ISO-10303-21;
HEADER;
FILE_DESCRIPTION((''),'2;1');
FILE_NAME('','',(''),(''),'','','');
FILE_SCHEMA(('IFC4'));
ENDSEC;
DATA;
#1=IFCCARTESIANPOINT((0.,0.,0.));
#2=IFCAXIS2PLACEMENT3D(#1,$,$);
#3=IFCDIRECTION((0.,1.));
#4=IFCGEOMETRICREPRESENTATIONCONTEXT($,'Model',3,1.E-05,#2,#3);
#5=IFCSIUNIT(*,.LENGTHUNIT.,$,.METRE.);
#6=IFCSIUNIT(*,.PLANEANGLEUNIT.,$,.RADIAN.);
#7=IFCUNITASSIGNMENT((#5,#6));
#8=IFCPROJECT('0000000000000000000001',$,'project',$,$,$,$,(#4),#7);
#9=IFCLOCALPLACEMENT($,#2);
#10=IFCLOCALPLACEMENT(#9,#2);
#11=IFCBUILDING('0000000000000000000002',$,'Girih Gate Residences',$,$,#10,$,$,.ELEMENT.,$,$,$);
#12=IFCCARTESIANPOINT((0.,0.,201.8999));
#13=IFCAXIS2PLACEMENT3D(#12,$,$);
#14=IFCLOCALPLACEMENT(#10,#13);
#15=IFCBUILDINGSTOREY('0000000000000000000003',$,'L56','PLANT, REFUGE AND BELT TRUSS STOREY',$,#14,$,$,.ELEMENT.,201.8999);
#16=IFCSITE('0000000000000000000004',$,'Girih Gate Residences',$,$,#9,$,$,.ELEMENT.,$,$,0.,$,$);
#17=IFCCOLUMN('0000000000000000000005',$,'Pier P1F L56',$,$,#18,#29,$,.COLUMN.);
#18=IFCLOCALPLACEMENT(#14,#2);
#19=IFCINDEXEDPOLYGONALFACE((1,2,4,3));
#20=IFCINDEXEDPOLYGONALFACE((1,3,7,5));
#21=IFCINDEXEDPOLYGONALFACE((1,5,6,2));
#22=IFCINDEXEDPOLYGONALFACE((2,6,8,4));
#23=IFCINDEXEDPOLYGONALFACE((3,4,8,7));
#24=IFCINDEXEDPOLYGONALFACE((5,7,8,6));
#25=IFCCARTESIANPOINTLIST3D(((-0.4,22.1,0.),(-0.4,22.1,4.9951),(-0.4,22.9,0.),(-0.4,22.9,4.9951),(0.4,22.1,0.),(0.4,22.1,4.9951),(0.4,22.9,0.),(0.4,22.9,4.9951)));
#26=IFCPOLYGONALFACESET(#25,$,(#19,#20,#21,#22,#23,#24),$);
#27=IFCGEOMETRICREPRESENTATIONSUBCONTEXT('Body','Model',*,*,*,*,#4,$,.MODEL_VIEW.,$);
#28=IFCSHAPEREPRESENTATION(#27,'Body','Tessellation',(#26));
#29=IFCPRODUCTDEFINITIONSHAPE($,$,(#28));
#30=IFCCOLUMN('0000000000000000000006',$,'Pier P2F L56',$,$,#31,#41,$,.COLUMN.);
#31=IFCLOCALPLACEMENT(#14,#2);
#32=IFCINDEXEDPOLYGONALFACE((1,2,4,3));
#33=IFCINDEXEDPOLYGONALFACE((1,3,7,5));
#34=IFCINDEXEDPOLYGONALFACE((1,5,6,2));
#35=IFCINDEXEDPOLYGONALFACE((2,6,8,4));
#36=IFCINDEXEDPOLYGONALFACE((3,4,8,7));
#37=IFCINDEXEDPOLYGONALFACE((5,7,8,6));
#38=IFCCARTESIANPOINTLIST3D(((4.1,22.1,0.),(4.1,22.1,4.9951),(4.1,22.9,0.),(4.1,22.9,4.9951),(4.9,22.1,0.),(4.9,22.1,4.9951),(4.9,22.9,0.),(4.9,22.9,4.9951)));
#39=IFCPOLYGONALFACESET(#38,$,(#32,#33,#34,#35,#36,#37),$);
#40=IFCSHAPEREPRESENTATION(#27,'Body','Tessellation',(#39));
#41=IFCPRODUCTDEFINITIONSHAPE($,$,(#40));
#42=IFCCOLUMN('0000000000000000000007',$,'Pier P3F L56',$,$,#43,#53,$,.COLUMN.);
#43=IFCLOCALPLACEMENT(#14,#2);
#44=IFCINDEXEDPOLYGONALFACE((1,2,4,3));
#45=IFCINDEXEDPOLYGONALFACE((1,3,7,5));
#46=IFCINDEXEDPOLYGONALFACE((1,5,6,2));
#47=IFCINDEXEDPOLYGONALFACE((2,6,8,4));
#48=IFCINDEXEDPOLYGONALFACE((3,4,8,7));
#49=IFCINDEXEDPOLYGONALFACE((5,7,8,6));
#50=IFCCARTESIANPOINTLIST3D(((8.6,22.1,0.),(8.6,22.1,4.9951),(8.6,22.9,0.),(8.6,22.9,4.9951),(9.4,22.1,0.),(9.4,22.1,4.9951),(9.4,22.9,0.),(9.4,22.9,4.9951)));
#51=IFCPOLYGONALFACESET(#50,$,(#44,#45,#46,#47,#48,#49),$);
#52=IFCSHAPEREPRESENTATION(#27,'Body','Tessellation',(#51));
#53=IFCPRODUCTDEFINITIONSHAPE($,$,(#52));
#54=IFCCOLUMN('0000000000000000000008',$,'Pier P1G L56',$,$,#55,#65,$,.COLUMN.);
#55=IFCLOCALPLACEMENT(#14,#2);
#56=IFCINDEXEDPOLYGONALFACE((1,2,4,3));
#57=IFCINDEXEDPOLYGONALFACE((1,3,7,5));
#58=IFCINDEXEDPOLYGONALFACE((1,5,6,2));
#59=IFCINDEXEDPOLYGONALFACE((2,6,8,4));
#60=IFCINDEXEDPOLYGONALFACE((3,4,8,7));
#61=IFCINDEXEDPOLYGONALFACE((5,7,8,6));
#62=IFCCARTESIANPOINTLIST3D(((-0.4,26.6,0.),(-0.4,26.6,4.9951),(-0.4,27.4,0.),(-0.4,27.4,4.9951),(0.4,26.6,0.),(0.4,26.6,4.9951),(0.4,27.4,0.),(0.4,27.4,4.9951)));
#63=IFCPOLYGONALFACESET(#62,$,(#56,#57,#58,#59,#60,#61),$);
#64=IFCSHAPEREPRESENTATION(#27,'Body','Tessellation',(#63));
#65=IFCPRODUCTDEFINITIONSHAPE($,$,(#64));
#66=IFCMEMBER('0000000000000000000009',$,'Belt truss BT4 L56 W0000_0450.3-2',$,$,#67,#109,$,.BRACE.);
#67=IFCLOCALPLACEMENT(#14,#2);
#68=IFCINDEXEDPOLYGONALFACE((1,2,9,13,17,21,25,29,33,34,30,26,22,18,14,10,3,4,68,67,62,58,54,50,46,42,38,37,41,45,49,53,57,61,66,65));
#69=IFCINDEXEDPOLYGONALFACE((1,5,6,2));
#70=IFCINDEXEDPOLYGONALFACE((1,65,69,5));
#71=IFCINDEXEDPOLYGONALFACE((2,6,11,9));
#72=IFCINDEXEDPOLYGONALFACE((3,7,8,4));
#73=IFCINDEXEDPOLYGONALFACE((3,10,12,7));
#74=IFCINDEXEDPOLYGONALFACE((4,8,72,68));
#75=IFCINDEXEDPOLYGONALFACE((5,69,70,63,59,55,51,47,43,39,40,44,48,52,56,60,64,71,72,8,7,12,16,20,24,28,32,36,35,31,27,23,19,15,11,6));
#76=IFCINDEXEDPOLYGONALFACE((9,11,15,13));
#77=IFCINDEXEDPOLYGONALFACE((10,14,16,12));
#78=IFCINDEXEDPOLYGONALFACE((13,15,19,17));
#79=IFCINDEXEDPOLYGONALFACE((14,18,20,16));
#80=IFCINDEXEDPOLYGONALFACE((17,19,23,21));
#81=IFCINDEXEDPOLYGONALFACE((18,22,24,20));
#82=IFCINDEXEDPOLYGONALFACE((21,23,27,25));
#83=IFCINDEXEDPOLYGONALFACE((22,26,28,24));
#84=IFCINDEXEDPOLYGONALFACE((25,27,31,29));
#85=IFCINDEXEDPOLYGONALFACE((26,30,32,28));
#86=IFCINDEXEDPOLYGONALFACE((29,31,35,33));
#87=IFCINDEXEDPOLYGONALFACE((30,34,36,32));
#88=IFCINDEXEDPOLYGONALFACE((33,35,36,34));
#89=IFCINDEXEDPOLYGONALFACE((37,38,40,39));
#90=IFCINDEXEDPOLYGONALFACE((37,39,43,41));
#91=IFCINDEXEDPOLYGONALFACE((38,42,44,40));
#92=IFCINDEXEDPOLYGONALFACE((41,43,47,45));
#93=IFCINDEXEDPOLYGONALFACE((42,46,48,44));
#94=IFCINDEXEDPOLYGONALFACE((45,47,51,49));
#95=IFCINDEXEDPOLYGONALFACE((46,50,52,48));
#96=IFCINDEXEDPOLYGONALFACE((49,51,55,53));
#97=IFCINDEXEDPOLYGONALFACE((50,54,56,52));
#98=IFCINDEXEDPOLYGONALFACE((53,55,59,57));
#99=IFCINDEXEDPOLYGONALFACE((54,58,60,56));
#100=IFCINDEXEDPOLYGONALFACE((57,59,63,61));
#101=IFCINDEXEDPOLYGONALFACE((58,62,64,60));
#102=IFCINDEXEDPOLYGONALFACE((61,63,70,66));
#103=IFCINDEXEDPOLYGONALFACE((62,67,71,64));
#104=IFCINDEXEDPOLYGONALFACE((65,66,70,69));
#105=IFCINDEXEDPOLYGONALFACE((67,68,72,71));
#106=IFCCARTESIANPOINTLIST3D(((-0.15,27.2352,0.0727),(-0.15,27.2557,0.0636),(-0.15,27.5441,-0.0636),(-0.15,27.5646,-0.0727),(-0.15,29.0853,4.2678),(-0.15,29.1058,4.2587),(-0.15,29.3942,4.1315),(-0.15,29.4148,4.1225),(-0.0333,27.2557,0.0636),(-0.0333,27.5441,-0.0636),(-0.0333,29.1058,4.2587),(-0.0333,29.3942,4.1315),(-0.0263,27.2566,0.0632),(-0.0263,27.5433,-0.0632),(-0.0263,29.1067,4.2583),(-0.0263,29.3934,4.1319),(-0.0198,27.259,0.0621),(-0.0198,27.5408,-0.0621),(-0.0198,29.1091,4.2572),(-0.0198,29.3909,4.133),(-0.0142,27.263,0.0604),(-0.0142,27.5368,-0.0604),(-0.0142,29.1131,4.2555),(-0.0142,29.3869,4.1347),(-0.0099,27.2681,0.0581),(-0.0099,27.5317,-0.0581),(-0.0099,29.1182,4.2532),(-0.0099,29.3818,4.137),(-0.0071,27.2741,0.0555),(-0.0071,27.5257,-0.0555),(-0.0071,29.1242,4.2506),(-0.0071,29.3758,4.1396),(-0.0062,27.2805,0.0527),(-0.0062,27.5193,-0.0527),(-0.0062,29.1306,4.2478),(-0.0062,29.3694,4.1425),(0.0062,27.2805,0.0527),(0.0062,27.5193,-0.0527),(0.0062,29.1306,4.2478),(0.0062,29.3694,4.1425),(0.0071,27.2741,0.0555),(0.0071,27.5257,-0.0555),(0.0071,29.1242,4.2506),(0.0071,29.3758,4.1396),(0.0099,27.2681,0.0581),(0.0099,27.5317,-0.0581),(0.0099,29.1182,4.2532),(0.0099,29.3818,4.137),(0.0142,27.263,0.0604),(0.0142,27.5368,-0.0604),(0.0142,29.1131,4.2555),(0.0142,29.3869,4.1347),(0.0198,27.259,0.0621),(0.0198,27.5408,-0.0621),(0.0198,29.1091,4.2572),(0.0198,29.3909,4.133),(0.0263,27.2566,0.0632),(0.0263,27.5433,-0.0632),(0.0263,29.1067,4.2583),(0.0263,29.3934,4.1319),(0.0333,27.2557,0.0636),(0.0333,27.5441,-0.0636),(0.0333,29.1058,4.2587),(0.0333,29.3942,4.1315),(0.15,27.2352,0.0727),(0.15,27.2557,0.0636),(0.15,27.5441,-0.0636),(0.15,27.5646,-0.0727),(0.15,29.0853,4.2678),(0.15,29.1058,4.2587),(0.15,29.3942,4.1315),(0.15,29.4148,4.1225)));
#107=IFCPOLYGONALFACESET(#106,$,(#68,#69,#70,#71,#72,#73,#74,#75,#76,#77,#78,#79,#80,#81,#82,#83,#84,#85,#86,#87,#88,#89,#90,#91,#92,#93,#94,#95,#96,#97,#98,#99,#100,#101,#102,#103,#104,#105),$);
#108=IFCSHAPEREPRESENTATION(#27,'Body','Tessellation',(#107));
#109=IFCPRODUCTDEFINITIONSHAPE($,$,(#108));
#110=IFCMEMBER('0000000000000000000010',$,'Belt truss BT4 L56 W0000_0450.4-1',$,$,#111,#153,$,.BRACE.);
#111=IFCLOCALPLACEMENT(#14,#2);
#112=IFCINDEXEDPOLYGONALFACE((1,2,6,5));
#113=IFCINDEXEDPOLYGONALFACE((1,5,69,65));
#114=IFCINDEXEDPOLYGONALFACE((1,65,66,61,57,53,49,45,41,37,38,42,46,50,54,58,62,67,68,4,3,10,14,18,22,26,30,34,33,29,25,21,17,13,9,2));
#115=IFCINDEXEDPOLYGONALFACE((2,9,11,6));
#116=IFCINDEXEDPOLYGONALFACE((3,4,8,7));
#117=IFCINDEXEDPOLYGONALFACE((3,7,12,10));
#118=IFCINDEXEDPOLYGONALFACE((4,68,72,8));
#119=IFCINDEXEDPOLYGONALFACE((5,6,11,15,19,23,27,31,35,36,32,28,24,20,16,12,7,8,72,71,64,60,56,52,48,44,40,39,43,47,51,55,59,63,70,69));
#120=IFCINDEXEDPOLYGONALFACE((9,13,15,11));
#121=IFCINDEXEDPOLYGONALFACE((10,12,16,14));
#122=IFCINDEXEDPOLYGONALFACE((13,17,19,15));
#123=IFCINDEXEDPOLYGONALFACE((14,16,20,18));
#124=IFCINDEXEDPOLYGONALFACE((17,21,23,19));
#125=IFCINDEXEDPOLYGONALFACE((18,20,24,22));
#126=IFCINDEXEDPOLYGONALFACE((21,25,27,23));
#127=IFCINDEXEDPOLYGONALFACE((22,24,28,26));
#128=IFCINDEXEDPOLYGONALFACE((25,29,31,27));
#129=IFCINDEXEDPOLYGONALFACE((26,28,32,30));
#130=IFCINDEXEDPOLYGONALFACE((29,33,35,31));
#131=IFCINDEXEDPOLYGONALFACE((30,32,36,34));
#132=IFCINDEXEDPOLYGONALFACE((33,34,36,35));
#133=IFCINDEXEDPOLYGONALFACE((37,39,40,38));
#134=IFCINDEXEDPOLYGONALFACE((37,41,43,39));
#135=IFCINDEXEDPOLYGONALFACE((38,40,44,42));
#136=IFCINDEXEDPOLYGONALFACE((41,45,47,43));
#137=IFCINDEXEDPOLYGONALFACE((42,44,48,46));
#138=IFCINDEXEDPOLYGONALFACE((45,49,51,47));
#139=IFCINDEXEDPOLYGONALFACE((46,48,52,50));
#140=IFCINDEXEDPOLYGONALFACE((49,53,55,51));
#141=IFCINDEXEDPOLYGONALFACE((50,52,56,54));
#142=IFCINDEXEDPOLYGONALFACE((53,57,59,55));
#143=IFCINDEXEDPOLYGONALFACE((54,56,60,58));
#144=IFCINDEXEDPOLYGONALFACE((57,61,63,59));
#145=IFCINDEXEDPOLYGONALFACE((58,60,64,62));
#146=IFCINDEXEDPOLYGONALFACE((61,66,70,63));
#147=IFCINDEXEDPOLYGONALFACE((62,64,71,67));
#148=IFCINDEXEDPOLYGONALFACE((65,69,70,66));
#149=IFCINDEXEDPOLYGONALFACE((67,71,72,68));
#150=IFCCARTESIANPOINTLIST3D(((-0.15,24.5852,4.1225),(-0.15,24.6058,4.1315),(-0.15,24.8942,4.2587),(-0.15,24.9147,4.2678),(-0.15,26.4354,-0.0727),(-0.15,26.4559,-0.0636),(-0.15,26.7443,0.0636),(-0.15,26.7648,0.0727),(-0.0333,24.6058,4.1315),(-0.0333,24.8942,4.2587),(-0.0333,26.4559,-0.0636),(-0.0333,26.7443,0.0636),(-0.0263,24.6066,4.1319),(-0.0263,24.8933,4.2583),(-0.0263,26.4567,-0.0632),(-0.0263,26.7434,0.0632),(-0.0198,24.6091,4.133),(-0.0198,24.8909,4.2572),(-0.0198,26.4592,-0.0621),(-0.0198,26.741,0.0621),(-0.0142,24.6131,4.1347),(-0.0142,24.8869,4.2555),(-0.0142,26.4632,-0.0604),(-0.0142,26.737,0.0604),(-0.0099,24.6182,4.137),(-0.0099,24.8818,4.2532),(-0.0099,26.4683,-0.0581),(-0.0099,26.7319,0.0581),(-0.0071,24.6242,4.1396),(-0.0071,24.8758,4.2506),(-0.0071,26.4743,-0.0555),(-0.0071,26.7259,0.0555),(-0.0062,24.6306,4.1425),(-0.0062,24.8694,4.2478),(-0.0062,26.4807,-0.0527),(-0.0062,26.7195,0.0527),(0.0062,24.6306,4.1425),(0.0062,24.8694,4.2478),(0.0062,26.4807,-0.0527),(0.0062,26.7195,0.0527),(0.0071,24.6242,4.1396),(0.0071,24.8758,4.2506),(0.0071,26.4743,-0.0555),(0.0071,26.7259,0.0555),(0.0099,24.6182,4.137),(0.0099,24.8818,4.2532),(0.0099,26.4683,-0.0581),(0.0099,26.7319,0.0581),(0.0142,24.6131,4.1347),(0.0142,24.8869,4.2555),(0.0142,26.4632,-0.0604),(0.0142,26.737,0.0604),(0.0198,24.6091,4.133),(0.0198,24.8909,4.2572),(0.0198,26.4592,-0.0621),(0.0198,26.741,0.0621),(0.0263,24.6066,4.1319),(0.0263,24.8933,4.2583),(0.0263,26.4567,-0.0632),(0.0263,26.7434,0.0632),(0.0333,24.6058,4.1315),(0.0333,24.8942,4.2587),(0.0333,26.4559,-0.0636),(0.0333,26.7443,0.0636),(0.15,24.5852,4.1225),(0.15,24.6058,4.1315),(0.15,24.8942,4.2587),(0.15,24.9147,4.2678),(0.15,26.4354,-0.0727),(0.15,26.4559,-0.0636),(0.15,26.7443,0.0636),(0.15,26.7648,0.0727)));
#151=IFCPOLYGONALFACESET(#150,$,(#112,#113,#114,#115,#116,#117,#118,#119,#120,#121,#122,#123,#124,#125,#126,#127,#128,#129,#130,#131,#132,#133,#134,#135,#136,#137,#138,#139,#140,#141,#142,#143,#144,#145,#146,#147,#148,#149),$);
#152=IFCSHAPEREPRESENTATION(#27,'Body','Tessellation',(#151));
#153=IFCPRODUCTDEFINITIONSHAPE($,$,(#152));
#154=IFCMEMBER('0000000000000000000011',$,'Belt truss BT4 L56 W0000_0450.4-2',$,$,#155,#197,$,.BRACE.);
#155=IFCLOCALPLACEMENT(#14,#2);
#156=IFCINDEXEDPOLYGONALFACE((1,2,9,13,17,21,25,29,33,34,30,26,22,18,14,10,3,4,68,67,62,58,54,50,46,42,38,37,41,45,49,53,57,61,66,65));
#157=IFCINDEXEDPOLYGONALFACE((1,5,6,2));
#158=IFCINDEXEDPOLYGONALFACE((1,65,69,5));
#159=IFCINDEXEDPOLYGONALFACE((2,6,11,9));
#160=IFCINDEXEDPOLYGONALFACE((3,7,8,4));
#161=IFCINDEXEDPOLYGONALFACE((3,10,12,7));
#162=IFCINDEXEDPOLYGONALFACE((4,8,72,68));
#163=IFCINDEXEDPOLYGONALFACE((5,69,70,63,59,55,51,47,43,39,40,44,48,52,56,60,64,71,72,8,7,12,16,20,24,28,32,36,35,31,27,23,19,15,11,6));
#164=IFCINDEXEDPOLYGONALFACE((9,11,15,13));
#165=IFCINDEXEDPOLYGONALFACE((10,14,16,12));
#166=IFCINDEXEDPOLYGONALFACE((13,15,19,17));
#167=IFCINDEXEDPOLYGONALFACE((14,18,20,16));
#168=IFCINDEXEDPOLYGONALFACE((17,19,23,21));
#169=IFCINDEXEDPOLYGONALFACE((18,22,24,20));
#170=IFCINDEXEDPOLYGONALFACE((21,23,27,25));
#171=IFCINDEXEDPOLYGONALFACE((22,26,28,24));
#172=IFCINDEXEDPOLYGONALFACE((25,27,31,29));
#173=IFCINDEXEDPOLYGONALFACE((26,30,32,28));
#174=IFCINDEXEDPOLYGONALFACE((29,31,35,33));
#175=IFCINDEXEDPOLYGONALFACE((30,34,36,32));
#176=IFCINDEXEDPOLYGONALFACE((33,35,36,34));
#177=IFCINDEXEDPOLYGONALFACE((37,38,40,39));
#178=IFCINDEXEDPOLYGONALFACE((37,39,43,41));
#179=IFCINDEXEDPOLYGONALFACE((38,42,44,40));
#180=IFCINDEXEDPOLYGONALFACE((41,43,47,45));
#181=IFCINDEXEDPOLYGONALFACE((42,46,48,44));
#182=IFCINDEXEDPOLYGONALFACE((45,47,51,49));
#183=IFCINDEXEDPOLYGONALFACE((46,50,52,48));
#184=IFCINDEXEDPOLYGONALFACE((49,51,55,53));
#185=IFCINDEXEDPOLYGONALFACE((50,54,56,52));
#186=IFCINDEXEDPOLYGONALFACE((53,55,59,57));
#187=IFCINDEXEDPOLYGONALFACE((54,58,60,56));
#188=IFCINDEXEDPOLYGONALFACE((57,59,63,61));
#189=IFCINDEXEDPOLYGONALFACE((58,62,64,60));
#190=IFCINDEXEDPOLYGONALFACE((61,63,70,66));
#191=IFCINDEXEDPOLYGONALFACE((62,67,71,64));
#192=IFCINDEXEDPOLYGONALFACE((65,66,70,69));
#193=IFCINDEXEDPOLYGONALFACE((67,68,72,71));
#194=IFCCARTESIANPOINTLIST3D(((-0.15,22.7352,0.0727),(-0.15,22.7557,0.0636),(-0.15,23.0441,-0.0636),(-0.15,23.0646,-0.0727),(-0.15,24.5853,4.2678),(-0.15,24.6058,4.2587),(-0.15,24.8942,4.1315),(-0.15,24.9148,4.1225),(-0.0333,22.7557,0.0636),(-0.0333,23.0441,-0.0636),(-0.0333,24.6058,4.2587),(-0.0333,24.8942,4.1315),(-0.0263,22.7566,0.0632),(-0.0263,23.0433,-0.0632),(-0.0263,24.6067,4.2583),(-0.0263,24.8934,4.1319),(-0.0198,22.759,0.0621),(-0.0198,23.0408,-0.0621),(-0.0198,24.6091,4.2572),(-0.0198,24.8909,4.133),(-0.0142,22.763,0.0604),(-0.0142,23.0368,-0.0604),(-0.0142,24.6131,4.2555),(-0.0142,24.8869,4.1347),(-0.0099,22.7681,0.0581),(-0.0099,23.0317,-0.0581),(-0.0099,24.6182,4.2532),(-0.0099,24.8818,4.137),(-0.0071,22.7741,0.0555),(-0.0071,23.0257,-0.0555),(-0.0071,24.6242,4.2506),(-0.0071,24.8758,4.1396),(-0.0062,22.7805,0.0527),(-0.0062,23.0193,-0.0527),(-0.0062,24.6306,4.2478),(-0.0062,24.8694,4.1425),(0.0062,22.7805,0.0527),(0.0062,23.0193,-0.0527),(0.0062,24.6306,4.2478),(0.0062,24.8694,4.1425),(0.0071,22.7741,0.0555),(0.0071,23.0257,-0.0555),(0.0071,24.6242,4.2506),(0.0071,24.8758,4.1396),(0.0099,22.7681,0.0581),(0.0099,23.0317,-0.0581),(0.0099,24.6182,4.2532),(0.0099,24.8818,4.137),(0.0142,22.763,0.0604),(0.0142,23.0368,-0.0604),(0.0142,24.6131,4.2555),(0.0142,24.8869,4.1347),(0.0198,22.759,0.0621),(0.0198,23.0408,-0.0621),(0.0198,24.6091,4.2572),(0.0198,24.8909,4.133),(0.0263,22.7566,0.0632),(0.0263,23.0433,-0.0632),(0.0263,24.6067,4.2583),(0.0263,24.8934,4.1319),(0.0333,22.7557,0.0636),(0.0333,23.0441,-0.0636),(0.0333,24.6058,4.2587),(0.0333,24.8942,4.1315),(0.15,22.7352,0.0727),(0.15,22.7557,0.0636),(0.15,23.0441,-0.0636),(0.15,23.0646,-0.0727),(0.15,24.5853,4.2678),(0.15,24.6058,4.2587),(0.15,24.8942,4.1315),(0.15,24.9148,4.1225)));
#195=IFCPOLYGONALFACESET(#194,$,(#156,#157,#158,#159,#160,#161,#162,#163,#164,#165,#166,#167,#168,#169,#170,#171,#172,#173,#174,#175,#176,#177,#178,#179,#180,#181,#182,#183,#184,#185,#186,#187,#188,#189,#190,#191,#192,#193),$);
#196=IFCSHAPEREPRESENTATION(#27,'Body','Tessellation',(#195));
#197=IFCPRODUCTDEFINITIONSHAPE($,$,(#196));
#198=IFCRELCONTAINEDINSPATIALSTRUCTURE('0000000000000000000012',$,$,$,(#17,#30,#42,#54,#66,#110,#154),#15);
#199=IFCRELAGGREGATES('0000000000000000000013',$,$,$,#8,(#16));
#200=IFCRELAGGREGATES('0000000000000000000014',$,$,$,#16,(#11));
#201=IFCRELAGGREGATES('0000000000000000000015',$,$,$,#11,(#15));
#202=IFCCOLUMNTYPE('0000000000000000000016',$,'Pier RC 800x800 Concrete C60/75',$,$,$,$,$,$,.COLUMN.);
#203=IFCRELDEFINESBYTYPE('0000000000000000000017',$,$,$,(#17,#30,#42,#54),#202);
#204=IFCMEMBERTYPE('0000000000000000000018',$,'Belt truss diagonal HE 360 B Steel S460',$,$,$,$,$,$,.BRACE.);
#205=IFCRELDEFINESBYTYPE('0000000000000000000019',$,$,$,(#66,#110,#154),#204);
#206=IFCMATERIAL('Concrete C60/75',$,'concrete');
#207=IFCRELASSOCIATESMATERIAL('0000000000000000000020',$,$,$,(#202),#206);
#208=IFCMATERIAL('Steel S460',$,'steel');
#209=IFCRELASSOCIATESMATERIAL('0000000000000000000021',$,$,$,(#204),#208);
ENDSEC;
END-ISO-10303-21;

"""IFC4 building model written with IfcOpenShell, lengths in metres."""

from ifc_helpers import new_model, si_unit, direction, frame, origin, origin_2d, place, context, subcontext, project, spatial, rectangle, i_section, extrude, material, material_profile, profile_set, type_object, element, save


model = new_model("IFC4")

# Units and contexts
model_context = context("Model", 3, precision=1e-05, world=origin(), true_north=direction((0.0, 1.0)))
body_context = subcontext(model_context, "Body", "Model", "MODEL_VIEW")
ifc_project = project(units=[si_unit("LENGTHUNIT", "METRE"), si_unit("PLANEANGLEUNIT", "RADIAN")], contexts=[model_context])

# Site, building, storey
site_placement = place(None, origin())
site = spatial("IfcSite", under=ifc_project, at=site_placement, Name="Girih Gate Residences", CompositionType="ELEMENT", RefElevation=0.0)
building_placement = place(site_placement, origin())
building = spatial("IfcBuilding", under=site, at=building_placement, Name="Girih Gate Residences", CompositionType="ELEMENT")
storey_placement = place(building_placement, frame((0.0, 0.0, 201.8999)))
storey = spatial("IfcBuildingStorey", under=building, at=storey_placement, Name="L56", Description="PLANT, REFUGE AND BELT TRUSS STOREY", CompositionType="ELEMENT", Elevation=201.8999)

# Columns
ifc_material_1 = material(Name="Concrete C60/75", Category="concrete")
ifc_material_profile_1 = material_profile(ifc_material_1, rectangle(XDim=0.8, YDim=0.8, at=origin_2d()))
ifc_profile_set_1 = profile_set([ifc_material_profile_1], Name="Concrete C60/75")
column_type = type_object("IfcColumnType", Name="Pier RC 800x800 Concrete C60/75", PredefinedType="COLUMN", material=ifc_profile_set_1)
for number, where, z_axis, x_axis, name in (
    (1, (0.0, 22.5, 0.0), (0.0, 0.0, 1.0), (1.0, 0.0, 0.0), "Pier P1F L56"),
    (2, (4.5, 22.5, 0.0), (0.0, 0.0, 1.0), (1.0, 0.0, 0.0), "Pier P2F L56"),
    (3, (9.0, 22.5, 0.0), (0.0, 0.0, 1.0), (1.0, 0.0, 0.0), "Pier P3F L56"),
    (4, (0.0, 27.0, 0.0), (0.0, 0.0, 1.0), (1.0, 0.0, 0.0), "Pier P1G L56"),
):
    element("IfcColumn", number, at=place(storey_placement, frame(where, z_axis=z_axis, x_axis=x_axis)), inside=storey, type_object=column_type, Name=name, PredefinedType="COLUMN", context=body_context, shape_type="SweptSolid", body=[
        extrude(rectangle(XDim=0.8, YDim=0.8, at=origin_2d()), origin(), (0.0, 0.0, 1.0), 4.9951),
    ])

# Members
ifc_material_2 = material(Name="Steel S460", Category="steel")
ifc_material_profile_2 = material_profile(ifc_material_2, i_section(OverallWidth=0.3, OverallDepth=0.3601, WebThickness=0.0125, FlangeThickness=0.0225, FilletRadius=0.0271, at=origin_2d()))
ifc_profile_set_2 = profile_set([ifc_material_profile_2], Name="Steel S460")
member_type = type_object("IfcMemberType", Name="Belt truss diagonal HE 360 B Steel S460", PredefinedType="BRACE", material=ifc_profile_set_2)
for number, where, z_axis, x_axis, name in (
    (5, (0.0, 27.3999, 0.0), (0.0, 0.403518, 0.914972), (-1.0, 0.0, 0.0), "Belt truss BT4 L56 W0000_0450.3-2"),
    (6, (0.0, 26.6001, 0.0), (0.0, -0.403518, 0.914972), (1.0, 0.0, 0.0), "Belt truss BT4 L56 W0000_0450.4-1"),
    (7, (0.0, 22.8999, 0.0), (0.0, 0.403518, 0.914972), (-1.0, 0.0, 0.0), "Belt truss BT4 L56 W0000_0450.4-2"),
):
    element("IfcMember", number, at=place(storey_placement, frame(where, z_axis=z_axis, x_axis=x_axis)), inside=storey, type_object=member_type, Name=name, PredefinedType="BRACE", context=body_context, shape_type="SweptSolid", body=[
        extrude(i_section(OverallWidth=0.3, OverallDepth=0.3601, WebThickness=0.0125, FlangeThickness=0.0225, FilletRadius=0.0271, at=origin_2d()), origin(), (0.0, 0.0, 1.0), 4.585),
    ])

save(model, "model.ifc")
